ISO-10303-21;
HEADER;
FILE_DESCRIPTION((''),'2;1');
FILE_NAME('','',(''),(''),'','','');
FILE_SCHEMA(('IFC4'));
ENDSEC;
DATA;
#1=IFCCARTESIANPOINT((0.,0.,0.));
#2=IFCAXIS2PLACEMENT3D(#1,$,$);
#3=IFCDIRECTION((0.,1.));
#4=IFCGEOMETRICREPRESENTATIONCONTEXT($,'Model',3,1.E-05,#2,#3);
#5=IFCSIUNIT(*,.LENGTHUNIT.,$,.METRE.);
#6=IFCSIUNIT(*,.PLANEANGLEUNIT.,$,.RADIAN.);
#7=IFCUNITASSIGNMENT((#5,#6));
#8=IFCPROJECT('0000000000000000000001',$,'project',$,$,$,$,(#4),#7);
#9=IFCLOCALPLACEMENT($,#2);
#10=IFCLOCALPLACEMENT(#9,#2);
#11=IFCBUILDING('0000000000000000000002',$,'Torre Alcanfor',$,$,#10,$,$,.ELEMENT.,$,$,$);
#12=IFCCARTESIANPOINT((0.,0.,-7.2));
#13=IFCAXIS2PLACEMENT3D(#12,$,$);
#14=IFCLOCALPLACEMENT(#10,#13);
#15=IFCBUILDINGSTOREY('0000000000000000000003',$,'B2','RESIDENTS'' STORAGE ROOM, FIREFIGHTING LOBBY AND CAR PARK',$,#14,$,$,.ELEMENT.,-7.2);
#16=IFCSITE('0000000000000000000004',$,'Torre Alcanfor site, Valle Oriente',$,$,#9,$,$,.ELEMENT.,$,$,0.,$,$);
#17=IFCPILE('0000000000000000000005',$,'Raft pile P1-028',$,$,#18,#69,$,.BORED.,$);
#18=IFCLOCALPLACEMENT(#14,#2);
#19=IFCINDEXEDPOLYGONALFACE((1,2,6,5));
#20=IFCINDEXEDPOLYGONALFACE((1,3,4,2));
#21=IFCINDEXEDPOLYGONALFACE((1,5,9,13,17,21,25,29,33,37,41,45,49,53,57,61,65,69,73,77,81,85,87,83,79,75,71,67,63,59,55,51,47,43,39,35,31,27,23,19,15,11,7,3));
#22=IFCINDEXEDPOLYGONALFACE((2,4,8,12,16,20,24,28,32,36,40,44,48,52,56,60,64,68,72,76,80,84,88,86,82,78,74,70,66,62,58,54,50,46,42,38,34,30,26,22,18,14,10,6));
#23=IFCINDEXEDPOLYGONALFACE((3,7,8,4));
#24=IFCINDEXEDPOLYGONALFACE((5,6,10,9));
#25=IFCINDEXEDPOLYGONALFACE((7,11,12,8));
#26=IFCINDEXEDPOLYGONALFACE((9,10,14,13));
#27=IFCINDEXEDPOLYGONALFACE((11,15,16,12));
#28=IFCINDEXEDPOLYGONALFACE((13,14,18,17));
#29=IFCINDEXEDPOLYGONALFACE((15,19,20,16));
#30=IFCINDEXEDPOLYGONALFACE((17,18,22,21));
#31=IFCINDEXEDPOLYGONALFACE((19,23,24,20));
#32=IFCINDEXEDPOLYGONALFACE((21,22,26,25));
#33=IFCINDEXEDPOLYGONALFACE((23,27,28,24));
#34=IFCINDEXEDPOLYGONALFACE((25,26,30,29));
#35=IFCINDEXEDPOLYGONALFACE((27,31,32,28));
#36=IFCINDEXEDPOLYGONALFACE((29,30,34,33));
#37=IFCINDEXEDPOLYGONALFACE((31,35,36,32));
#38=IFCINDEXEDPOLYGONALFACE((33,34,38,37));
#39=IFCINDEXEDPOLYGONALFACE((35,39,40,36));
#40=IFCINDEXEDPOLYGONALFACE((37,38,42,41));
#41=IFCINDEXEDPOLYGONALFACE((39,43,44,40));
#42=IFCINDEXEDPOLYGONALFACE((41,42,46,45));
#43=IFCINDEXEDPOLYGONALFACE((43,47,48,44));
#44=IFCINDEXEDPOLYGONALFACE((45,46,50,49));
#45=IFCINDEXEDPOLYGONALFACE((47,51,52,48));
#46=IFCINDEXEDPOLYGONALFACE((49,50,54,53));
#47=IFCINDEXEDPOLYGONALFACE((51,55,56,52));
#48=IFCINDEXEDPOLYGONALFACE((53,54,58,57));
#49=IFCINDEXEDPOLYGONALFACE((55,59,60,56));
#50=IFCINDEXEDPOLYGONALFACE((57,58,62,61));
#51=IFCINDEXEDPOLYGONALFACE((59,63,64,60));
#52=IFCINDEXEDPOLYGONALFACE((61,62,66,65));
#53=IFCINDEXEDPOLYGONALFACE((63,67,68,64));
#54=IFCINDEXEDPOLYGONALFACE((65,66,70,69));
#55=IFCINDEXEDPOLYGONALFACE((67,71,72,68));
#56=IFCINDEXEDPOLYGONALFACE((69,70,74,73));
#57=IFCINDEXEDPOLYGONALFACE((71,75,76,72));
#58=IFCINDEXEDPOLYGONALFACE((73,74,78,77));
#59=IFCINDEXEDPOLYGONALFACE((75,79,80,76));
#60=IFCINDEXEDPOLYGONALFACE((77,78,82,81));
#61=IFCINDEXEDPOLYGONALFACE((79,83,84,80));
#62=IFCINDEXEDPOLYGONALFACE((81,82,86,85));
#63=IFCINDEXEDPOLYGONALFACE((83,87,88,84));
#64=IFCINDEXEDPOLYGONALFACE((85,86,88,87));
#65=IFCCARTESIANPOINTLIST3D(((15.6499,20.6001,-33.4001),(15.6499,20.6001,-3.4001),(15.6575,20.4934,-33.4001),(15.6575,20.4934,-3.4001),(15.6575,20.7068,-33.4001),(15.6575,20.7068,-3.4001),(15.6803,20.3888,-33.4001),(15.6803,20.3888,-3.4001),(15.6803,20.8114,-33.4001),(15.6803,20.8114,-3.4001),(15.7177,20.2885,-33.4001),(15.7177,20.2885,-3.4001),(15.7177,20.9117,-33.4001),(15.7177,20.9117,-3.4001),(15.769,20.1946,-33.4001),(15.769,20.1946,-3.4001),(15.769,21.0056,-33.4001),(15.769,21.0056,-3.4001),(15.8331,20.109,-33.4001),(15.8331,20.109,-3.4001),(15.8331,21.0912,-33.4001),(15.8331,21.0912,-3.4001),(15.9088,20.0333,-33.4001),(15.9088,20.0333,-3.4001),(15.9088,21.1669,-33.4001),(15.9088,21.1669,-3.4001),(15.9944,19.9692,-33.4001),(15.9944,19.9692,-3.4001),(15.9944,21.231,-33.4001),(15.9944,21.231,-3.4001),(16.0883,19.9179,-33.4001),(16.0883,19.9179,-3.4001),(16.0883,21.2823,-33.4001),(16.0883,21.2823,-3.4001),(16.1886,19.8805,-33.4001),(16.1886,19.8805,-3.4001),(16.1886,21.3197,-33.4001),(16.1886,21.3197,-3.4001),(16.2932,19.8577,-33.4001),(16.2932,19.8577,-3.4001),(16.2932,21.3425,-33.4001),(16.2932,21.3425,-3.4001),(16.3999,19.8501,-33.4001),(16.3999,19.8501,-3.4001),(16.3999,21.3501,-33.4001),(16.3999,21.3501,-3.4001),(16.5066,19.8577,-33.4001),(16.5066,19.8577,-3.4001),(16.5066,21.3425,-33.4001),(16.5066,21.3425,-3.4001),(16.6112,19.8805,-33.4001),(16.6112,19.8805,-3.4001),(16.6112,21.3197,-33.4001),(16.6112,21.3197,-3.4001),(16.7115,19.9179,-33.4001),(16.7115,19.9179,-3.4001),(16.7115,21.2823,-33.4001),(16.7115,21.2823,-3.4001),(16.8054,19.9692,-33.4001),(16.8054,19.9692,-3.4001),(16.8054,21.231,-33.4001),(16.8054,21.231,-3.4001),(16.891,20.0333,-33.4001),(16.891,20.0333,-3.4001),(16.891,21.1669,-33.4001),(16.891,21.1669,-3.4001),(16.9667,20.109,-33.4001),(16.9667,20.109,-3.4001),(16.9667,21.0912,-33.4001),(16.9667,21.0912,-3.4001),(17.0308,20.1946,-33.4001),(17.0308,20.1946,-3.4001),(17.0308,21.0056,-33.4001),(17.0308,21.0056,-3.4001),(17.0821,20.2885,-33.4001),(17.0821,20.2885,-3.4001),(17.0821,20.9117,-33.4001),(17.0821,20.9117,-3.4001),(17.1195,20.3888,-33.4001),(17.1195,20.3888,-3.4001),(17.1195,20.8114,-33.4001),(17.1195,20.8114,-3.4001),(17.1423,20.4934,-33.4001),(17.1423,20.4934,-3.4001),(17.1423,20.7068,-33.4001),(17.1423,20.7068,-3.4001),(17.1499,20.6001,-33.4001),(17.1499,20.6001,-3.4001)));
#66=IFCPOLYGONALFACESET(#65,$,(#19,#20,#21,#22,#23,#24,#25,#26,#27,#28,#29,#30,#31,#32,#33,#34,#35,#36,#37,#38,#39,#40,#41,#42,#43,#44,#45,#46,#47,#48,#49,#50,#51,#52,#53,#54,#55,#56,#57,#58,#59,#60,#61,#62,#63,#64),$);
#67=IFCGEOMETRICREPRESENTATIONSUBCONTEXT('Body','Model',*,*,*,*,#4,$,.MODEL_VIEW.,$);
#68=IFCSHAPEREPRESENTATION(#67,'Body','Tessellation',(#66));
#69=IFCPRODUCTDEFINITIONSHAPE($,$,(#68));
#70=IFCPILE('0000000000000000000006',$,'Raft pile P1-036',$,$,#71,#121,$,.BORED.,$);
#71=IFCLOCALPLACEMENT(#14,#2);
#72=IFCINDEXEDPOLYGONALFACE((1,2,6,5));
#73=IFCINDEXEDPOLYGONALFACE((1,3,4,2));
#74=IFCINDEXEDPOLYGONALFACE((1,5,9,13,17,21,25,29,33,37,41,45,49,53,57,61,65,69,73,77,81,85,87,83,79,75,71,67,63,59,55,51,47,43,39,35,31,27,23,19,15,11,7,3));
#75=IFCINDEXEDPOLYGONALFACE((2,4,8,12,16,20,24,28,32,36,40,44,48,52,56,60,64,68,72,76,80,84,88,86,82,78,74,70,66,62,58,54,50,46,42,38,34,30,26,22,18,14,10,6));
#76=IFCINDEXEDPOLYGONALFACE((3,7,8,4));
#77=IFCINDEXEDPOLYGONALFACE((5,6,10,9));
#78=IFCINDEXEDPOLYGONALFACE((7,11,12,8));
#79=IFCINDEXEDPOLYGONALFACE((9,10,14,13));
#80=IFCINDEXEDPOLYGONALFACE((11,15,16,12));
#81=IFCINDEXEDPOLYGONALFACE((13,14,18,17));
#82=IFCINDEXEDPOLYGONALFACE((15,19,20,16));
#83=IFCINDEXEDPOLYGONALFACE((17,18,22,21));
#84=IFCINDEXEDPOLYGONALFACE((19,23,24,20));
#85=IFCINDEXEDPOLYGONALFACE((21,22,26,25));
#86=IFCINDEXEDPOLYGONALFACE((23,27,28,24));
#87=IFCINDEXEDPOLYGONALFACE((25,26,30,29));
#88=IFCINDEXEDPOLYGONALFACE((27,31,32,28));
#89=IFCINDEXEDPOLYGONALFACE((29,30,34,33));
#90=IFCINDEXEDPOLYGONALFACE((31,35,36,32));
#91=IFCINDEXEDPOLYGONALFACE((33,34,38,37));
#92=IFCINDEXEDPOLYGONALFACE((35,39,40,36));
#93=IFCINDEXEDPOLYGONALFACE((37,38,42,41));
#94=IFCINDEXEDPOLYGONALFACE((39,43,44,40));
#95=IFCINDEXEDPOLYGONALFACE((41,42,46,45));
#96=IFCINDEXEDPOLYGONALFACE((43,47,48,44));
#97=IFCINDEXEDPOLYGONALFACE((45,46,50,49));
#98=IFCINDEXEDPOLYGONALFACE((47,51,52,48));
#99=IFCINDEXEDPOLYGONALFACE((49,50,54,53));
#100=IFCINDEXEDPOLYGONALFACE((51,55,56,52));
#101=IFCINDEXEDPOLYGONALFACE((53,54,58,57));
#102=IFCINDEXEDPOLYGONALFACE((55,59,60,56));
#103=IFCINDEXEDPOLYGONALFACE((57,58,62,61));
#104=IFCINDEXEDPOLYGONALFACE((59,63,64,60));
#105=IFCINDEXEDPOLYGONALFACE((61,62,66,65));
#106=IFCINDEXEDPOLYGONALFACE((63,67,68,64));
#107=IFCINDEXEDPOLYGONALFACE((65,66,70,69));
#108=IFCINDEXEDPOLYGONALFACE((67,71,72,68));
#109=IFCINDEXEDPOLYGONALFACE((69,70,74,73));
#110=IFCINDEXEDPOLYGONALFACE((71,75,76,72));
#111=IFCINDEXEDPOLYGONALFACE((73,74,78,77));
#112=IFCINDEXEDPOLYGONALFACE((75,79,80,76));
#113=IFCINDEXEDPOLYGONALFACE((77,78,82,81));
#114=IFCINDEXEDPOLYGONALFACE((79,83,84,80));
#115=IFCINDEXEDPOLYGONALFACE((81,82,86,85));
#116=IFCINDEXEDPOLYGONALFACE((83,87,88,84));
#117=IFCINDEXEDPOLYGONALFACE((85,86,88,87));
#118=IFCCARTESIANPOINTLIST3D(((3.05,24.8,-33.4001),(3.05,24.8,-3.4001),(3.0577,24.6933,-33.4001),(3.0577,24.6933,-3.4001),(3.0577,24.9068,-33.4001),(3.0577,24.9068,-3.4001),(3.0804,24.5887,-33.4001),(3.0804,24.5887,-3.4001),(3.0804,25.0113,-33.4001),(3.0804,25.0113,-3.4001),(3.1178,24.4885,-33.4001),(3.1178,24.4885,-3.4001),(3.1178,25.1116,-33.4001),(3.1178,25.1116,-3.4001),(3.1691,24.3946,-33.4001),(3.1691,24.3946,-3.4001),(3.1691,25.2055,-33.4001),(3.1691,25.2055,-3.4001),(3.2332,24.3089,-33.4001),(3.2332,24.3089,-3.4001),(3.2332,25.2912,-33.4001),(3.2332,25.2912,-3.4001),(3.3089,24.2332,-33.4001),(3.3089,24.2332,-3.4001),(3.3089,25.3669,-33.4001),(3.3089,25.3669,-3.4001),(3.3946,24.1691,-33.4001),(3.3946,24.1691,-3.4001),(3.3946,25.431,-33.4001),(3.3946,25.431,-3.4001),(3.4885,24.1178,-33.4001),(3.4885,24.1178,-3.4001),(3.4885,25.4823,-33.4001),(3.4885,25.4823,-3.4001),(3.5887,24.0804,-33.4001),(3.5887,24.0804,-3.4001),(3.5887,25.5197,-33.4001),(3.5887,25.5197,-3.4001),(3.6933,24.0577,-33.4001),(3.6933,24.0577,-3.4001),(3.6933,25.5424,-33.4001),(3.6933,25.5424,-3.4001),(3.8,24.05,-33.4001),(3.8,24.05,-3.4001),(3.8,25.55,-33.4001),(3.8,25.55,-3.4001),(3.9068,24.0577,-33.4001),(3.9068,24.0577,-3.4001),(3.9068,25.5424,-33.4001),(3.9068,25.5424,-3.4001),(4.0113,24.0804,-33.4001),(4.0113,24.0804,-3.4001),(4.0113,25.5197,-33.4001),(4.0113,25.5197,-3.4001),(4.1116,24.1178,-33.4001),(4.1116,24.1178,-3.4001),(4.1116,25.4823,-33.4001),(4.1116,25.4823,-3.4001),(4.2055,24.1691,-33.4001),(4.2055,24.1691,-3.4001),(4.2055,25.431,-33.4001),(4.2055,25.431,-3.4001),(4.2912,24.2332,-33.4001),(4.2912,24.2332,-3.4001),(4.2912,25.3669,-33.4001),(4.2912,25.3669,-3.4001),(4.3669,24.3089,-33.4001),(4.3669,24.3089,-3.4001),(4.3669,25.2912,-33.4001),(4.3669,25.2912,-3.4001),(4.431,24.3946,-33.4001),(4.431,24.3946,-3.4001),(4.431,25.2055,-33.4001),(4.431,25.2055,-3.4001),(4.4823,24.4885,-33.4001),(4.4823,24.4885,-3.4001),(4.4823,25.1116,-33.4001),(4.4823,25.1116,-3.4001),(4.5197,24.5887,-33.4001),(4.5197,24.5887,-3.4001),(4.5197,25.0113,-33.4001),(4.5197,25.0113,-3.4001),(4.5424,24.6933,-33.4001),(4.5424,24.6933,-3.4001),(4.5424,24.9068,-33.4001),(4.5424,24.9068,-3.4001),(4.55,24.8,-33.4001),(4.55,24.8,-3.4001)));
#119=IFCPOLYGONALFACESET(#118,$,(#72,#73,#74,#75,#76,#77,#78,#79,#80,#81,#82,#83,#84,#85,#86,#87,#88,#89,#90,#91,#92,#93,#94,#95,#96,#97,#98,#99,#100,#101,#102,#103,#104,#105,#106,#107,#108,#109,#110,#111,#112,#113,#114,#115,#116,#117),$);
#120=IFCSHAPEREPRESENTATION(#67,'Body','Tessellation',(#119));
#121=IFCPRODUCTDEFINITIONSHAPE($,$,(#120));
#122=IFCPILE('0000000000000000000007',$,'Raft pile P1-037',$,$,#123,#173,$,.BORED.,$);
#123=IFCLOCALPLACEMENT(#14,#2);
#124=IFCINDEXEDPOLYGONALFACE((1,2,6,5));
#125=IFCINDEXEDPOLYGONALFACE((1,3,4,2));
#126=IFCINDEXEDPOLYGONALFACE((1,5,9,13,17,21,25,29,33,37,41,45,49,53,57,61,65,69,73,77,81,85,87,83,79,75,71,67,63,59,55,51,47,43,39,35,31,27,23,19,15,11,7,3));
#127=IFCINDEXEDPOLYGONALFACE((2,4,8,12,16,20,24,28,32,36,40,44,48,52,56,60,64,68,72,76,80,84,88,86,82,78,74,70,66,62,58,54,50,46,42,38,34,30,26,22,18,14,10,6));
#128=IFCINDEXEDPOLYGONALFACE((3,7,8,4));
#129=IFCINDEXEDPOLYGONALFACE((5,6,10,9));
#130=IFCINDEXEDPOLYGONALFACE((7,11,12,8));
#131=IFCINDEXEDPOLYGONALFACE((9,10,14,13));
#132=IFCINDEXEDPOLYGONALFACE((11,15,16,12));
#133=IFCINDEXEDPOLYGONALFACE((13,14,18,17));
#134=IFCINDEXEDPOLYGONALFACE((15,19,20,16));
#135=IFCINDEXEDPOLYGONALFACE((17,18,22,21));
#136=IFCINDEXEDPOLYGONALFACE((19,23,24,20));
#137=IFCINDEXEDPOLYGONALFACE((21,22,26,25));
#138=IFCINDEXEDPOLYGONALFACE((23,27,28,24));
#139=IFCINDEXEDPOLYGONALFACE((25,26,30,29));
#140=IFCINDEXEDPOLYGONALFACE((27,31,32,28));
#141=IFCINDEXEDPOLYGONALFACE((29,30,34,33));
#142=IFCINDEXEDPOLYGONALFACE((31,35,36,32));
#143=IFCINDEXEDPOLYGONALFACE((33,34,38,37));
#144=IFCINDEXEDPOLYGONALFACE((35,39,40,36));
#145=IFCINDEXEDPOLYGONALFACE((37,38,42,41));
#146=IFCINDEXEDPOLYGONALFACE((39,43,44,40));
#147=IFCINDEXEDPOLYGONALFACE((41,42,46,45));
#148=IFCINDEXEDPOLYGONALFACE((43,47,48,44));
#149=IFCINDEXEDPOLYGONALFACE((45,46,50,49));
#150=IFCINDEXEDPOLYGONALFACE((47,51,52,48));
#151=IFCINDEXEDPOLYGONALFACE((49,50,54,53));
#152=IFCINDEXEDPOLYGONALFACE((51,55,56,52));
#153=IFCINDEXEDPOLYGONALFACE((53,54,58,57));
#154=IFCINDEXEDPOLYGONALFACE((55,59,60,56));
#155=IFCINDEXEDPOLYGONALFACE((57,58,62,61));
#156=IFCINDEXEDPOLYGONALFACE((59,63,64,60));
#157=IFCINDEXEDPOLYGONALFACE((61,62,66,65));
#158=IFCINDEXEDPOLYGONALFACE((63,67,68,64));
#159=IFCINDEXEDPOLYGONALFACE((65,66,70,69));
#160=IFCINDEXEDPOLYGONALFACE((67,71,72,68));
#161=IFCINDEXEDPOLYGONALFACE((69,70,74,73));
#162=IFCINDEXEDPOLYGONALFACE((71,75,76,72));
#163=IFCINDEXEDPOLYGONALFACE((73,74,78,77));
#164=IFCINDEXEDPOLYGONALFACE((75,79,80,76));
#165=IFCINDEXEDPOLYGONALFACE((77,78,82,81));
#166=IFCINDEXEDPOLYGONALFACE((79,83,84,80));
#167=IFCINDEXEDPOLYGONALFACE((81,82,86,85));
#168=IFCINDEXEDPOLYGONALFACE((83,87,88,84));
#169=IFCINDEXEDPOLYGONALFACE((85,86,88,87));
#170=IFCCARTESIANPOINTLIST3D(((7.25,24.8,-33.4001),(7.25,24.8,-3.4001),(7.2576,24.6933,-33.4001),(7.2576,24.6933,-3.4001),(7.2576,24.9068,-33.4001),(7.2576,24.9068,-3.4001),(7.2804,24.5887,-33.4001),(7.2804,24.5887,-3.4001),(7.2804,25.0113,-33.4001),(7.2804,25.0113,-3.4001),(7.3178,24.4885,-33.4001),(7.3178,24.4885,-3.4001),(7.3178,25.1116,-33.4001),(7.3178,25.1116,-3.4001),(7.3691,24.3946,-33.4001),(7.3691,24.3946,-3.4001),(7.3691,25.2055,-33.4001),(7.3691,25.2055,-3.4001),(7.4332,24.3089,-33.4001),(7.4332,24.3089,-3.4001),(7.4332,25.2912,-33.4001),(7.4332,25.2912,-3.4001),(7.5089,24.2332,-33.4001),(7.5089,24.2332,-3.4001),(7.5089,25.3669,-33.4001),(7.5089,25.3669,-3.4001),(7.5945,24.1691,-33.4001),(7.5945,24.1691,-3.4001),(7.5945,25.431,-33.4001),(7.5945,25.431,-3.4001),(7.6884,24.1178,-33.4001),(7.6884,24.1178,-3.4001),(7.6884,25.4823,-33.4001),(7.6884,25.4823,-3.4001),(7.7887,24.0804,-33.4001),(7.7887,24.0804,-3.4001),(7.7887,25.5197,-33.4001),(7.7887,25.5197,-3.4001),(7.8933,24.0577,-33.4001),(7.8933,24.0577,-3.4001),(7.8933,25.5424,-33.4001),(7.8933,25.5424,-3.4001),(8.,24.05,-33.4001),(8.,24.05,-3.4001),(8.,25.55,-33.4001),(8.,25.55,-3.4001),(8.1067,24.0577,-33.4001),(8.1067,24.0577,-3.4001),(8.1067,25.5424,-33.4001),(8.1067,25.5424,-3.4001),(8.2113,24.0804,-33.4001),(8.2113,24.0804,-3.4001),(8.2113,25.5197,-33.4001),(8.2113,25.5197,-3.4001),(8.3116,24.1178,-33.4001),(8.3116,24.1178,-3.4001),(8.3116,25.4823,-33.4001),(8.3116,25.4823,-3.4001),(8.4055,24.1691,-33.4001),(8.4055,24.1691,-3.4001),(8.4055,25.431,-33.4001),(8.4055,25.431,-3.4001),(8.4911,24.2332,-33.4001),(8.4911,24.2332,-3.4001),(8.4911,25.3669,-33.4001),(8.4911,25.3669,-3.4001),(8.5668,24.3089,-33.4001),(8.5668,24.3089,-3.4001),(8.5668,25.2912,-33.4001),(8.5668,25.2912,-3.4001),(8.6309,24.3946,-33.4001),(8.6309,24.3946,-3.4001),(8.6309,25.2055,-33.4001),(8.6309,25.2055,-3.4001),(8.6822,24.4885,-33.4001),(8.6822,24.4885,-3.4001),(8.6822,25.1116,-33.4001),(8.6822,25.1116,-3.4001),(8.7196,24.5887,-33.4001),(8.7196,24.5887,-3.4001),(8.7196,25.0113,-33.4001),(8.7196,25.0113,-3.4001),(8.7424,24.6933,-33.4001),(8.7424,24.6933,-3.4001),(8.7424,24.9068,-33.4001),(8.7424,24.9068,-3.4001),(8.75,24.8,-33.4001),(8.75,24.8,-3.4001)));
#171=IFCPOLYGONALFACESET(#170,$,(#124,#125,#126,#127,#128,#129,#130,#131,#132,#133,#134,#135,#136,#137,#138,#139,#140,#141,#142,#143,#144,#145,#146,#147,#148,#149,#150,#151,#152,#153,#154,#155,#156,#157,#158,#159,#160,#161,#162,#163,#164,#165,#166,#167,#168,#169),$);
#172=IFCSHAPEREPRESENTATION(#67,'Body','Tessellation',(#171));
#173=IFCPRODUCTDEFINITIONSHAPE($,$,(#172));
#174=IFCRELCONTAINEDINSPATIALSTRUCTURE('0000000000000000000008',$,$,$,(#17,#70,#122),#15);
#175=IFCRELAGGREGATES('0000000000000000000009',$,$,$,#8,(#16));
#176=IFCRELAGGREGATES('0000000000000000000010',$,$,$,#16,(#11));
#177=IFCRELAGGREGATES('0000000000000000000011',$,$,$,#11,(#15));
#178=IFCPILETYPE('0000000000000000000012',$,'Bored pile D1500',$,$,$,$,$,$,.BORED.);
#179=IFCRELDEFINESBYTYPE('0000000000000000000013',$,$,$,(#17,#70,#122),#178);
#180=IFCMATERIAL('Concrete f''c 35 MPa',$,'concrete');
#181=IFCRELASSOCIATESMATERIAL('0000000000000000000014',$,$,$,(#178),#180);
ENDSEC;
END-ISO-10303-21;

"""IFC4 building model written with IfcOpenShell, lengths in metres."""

from ifc_helpers import new_model, si_unit, direction, frame, origin, origin_2d, place, context, subcontext, project, spatial, circle, extrude, material, material_profile, profile_set, type_object, element, save


model = new_model("IFC4")

# Units and contexts
model_context = context("Model", 3, precision=1e-05, world=origin(), true_north=direction((0.0, 1.0)))
body_context = subcontext(model_context, "Body", "Model", "MODEL_VIEW")
ifc_project = project(units=[si_unit("LENGTHUNIT", "METRE"), si_unit("PLANEANGLEUNIT", "RADIAN")], contexts=[model_context])

# Site, building, storey
site_placement = place(None, origin())
site = spatial("IfcSite", under=ifc_project, at=site_placement, Name="Torre Alcanfor site, Valle Oriente", CompositionType="ELEMENT", RefElevation=0.0)
building_placement = place(site_placement, origin())
building = spatial("IfcBuilding", under=site, at=building_placement, Name="Torre Alcanfor", CompositionType="ELEMENT")
storey_placement = place(building_placement, frame((0.0, 0.0, -7.2)))
storey = spatial("IfcBuildingStorey", under=building, at=storey_placement, Name="B2", Description="RESIDENTS' STORAGE ROOM, FIREFIGHTING LOBBY AND CAR PARK", CompositionType="ELEMENT", Elevation=-7.2)

# Piles
ifc_material_1 = material(Name="Concrete f'c 35 MPa", Category="concrete")
ifc_material_profile_1 = material_profile(ifc_material_1, circle(Radius=0.75, at=origin_2d()), Name="D1500")
ifc_profile_set_1 = profile_set([ifc_material_profile_1], Name="Concrete f'c 35 MPa")
pile_type = type_object("IfcPileType", Name="Bored pile D1500", PredefinedType="BORED", material=ifc_profile_set_1)
for number, where, z_axis, x_axis, name in (
    (1, (16.3999, 20.6001, -3.4001), (0.0, 0.0, -1.0), (1.0, 0.0, 0.0), "Raft pile P1-028"),
    (2, (3.8, 24.8, -3.4001), (0.0, 0.0, -1.0), (1.0, 0.0, 0.0), "Raft pile P1-036"),
    (3, (8.0, 24.8, -3.4001), (0.0, 0.0, -1.0), (1.0, 0.0, 0.0), "Raft pile P1-037"),
):
    element("IfcPile", number, at=place(storey_placement, frame(where, z_axis=z_axis, x_axis=x_axis)), inside=storey, type_object=pile_type, Name=name, PredefinedType="BORED", context=body_context, shape_type="SweptSolid", body=[
        extrude(circle(Radius=0.75, at=origin_2d()), origin(), (0.0, 0.0, 1.0), 30.0),
    ])

save(model, "model.ifc")
